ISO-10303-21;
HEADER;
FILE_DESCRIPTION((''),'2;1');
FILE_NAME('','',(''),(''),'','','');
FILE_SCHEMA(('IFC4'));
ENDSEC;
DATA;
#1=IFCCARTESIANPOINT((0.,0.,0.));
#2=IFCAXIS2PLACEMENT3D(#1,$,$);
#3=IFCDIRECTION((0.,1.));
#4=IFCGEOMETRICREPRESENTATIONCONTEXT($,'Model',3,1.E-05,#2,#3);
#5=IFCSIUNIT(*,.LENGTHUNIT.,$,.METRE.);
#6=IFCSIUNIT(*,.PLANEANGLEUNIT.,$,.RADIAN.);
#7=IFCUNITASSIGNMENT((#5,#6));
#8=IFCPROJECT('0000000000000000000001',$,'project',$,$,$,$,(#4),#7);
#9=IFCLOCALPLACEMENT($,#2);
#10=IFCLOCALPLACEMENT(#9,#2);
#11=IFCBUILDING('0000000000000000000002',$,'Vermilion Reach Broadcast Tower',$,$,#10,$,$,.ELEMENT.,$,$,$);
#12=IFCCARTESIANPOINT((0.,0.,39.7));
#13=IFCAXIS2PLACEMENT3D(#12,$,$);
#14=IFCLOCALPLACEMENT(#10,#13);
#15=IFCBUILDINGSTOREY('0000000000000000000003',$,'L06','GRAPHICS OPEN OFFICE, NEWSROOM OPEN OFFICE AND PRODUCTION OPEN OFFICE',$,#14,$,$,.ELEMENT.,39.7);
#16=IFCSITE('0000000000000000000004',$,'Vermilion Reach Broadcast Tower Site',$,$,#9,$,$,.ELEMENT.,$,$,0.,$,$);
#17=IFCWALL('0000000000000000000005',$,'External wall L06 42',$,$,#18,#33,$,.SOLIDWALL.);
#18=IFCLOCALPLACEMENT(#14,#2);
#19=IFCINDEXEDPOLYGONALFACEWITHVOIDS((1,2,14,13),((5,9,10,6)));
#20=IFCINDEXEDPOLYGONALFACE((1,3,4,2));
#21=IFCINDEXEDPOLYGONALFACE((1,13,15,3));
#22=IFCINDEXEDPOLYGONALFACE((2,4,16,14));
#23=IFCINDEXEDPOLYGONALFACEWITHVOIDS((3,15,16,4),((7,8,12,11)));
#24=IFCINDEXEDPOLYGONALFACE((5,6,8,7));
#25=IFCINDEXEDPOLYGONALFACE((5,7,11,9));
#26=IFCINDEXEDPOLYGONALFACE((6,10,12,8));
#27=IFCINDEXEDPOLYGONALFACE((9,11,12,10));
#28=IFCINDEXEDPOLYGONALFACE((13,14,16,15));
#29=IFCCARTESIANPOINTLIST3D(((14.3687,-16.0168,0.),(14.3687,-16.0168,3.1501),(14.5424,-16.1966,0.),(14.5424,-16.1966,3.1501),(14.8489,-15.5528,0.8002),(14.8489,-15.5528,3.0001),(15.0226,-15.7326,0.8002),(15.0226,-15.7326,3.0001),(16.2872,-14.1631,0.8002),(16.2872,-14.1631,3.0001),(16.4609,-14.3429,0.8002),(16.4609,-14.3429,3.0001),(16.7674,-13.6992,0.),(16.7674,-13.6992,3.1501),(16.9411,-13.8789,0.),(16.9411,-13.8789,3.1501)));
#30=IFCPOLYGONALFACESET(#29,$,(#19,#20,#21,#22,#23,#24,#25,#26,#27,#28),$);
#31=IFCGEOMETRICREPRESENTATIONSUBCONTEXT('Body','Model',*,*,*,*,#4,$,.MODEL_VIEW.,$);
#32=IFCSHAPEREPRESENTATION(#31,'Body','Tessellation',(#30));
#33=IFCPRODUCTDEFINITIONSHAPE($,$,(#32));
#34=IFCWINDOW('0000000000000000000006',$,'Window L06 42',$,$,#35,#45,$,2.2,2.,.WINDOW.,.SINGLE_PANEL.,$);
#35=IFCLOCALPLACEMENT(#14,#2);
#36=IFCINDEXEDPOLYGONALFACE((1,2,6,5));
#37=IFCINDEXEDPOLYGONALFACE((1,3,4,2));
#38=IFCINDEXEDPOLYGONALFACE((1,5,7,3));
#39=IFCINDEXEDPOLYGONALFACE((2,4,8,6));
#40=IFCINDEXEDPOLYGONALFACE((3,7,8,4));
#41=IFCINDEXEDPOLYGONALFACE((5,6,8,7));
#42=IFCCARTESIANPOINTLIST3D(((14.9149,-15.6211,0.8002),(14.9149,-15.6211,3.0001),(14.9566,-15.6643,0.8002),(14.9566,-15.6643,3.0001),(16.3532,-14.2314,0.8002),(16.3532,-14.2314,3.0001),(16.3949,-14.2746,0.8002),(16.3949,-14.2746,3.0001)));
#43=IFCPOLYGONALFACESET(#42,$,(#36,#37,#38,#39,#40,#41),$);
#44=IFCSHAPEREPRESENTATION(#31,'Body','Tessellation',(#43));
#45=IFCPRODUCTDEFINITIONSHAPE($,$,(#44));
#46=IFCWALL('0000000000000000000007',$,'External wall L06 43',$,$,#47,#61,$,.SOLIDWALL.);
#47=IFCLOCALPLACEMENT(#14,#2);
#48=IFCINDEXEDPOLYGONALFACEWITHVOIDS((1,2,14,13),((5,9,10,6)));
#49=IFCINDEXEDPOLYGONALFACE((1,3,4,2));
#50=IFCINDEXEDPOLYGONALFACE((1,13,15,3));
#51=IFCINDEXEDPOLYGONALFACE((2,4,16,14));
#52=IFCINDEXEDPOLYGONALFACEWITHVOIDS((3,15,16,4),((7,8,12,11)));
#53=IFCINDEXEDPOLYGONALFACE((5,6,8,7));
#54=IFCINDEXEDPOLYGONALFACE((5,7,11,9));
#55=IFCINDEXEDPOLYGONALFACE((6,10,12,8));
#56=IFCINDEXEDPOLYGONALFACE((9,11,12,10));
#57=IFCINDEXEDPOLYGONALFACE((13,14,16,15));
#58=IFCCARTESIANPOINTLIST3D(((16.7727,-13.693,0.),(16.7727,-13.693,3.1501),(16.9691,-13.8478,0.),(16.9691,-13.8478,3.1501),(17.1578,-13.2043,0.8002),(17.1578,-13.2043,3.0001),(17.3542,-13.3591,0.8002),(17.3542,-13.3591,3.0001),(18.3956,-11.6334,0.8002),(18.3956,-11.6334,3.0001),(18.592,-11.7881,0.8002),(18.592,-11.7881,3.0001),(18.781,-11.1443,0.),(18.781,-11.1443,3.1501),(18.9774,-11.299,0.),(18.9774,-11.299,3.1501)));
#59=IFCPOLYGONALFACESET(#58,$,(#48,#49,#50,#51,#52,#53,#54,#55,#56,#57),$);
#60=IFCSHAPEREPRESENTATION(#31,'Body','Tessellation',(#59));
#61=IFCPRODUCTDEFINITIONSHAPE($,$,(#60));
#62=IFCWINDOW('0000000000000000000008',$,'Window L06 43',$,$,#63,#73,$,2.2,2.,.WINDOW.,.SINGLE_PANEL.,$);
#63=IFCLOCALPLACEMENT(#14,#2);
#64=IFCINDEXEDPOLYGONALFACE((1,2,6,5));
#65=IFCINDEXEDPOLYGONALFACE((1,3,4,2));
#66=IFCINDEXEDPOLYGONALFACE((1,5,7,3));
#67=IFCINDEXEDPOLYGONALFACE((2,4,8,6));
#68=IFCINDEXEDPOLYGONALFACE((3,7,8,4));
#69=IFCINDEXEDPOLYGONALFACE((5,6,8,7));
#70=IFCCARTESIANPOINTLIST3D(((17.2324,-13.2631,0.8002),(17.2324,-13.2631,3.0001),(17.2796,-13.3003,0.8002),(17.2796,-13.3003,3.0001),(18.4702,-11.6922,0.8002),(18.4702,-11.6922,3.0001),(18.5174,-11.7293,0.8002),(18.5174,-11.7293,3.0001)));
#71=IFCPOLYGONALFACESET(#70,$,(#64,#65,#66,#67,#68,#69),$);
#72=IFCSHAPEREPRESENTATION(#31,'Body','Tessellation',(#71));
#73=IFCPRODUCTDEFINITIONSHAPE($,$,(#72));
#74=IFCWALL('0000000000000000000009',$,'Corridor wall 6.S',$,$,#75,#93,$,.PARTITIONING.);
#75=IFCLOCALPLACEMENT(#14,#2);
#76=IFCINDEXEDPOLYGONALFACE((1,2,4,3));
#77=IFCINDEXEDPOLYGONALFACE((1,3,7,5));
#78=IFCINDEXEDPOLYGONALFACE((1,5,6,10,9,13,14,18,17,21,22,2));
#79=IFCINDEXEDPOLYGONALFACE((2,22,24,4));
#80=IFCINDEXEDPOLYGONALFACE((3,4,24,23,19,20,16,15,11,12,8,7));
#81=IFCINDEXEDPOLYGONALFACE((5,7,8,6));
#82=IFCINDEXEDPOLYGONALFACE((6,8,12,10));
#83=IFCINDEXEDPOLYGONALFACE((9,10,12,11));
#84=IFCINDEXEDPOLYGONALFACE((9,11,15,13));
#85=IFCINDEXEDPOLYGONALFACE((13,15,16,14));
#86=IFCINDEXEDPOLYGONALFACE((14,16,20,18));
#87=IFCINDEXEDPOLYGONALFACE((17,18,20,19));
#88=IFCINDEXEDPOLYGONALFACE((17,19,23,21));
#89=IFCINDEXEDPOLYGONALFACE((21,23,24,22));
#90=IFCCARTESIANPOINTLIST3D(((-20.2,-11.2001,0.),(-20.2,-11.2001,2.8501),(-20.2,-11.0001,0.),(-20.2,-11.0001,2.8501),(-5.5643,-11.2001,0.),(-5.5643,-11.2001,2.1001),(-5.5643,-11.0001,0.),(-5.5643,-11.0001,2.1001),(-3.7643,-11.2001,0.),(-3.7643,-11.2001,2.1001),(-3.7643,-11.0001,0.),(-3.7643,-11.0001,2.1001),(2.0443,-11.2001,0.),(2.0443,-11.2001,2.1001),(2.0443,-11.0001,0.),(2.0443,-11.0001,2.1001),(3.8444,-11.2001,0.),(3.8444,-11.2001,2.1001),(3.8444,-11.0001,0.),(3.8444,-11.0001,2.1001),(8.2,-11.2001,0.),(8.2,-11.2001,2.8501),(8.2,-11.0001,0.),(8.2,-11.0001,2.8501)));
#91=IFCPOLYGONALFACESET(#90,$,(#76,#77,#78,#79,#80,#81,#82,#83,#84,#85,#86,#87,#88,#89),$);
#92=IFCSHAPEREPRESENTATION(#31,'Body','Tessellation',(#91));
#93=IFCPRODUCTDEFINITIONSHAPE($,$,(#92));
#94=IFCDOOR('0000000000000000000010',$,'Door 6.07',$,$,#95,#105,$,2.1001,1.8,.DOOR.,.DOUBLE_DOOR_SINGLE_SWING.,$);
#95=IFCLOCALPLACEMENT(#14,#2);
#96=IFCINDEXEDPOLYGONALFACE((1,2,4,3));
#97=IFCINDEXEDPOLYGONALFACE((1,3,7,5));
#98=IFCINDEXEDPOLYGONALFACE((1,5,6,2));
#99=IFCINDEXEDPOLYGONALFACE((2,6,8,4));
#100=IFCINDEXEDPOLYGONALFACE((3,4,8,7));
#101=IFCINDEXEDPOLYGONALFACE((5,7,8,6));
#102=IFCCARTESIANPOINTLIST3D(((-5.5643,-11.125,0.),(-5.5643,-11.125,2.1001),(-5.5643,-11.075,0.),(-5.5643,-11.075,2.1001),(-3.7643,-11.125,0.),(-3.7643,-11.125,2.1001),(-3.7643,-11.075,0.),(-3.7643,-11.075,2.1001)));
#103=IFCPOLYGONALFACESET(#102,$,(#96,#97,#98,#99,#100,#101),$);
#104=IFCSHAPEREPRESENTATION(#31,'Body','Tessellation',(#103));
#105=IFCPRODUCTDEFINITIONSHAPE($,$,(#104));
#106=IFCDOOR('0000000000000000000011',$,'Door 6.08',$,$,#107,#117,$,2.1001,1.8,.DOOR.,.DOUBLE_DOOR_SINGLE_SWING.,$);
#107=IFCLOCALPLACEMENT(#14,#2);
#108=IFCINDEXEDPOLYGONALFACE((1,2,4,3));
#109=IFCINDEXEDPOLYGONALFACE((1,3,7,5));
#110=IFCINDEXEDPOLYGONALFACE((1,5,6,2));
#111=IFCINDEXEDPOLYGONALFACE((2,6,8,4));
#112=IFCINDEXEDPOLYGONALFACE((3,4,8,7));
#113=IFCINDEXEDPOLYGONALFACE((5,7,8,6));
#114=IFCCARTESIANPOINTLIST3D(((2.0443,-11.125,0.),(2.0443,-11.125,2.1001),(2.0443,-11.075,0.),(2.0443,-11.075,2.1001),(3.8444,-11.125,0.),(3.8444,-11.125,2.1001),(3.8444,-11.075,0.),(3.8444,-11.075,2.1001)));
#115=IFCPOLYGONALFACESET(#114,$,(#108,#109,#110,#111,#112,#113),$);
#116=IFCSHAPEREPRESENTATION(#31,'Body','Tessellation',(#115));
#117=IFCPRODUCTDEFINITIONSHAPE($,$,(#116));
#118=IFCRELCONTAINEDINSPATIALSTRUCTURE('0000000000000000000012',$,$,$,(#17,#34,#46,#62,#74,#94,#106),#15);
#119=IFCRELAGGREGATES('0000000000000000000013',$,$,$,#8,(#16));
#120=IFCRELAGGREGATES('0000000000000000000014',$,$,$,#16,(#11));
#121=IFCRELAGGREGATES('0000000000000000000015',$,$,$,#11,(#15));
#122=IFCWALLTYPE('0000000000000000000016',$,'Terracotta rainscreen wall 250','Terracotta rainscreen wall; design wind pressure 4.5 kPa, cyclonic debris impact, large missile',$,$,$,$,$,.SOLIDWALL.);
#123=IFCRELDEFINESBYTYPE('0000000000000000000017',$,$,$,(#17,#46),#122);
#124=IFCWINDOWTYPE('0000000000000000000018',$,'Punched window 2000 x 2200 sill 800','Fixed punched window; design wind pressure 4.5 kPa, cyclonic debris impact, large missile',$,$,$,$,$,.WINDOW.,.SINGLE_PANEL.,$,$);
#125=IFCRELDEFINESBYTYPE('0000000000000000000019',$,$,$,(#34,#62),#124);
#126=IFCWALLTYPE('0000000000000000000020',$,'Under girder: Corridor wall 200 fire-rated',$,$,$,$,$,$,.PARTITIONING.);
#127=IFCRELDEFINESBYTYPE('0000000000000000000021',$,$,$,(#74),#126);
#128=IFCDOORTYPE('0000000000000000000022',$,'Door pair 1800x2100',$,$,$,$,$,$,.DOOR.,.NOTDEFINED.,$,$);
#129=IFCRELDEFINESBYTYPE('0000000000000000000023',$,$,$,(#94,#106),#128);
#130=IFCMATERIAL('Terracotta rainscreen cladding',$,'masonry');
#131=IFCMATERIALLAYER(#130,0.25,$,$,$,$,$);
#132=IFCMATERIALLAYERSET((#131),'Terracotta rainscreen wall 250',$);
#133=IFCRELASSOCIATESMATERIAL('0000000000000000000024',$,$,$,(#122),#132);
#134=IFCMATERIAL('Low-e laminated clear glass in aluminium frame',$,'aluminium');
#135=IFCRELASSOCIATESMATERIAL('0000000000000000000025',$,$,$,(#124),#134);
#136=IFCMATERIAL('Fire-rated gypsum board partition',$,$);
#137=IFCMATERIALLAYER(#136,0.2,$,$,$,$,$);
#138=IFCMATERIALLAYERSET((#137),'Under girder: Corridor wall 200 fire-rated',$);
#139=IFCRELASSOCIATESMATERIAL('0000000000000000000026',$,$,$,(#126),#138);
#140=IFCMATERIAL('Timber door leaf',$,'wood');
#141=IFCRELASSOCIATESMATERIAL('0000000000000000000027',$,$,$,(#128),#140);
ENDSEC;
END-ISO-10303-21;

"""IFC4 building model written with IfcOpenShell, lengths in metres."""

from ifc_helpers import new_model, si_unit, direction, frame, frame_2d, origin, place, context, subcontext, project, spatial, rectangle, extrude, material, layer, layer_set, type_object, element, fill, save


model = new_model("IFC4")

# Units and contexts
model_context = context("Model", 3, precision=1e-05, world=origin(), true_north=direction((0.0, 1.0)))
body_context = subcontext(model_context, "Body", "Model", "MODEL_VIEW")
ifc_project = project(units=[si_unit("LENGTHUNIT", "METRE"), si_unit("PLANEANGLEUNIT", "RADIAN")], contexts=[model_context])

# Site, building, storey
site_placement = place(None, origin())
site = spatial("IfcSite", under=ifc_project, at=site_placement, Name="Vermilion Reach Broadcast Tower Site", CompositionType="ELEMENT", RefElevation=0.0)
building_placement = place(site_placement, origin())
building = spatial("IfcBuilding", under=site, at=building_placement, Name="Vermilion Reach Broadcast Tower", CompositionType="ELEMENT")
storey_placement = place(building_placement, frame((0.0, 0.0, 39.7)))
storey = spatial("IfcBuildingStorey", under=building, at=storey_placement, Name="L06", Description="GRAPHICS OPEN OFFICE, NEWSROOM OPEN OFFICE AND PRODUCTION OPEN OFFICE", CompositionType="ELEMENT", Elevation=39.7)

# Shared definitions
ifc_material_1 = material(Name="Terracotta rainscreen cladding", Category="masonry")
ifc_layer_1 = layer(ifc_material_1, 0.25)
ifc_layer_set_1 = layer_set([ifc_layer_1], Name="Terracotta rainscreen wall 250")
wall_type_1 = type_object("IfcWallType", Name="Terracotta rainscreen wall 250", Description="Terracotta rainscreen wall; design wind pressure 4.5 kPa, cyclonic debris impact, large missile", PredefinedType="SOLIDWALL", material=ifc_layer_set_1)

# Walls, openings, windows
ifc_material_2 = material(Name="Low-e laminated clear glass in aluminium frame", Category="aluminium")
window_type = type_object("IfcWindowType", Name="Punched window 2000 x 2200 sill 800", Description="Fixed punched window; design wind pressure 4.5 kPa, cyclonic debris impact, large missile", PartitioningType="SINGLE_PANEL", PredefinedType="WINDOW", material=ifc_material_2)
wall_1_placement = place(storey_placement, frame((14.4556, -16.1067, 0.0), z_axis=(0.0, 0.0, 1.0), x_axis=(0.719153, 0.694852, 0.0)))
wall_1 = element("IfcWall", 1, at=wall_1_placement, inside=storey, type_object=wall_type_1, Name="External wall L06 42", PredefinedType="SOLIDWALL", context=body_context, shape_type="SweptSolid", body=[
    extrude(rectangle(XDim=3.3354, YDim=0.25, at=frame_2d((1.6677, 0.0))), origin(), (0.0, 0.0, 1.0), 3.1501),
])
opening_1_placement = place(wall_1_placement, frame((0.6677, 0.0, 0.8)))
opening_1 = element("IfcOpeningElement", 2, at=opening_1_placement, cuts=wall_1, PredefinedType="OPENING", context=body_context, shape_type="SweptSolid", body=[
    extrude(rectangle(XDim=2.0, YDim=2.2, at=frame_2d((1.0, 1.1001))), frame((0.0, 0.135, 0.0), z_axis=(0.0, -1.0, 0.0), x_axis=(1.0, 0.0, 0.0)), (0.0, 0.0, 1.0), 0.27),
])
window_1_placement = place(opening_1_placement, origin())
window_1 = element("IfcWindow", 3, at=window_1_placement, inside=storey, type_object=window_type, Name="Window L06 42", OverallHeight=2.2, OverallWidth=2.0, PartitioningType="SINGLE_PANEL", PredefinedType="WINDOW", context=body_context, shape_type="SweptSolid", body=[
    extrude(rectangle(XDim=2.0, YDim=2.2, at=frame_2d((1.0, 1.1001))), frame((0.0, 0.03, 0.0), z_axis=(0.0, -1.0, 0.0), x_axis=(1.0, 0.0, 0.0)), (0.0, 0.0, 1.0), 0.0601),
])
fill(opening_1, window_1)
wall_2_placement = place(storey_placement, frame((16.8708, -13.7705, 0.0), z_axis=(0.0, 0.0, 1.0), x_axis=(0.618898, 0.785472, 0.0)))
wall_2 = element("IfcWall", 4, at=wall_2_placement, inside=storey, type_object=wall_type_1, Name="External wall L06 43", PredefinedType="SOLIDWALL", context=body_context, shape_type="SweptSolid", body=[
    extrude(rectangle(XDim=3.2449, YDim=0.25, at=frame_2d((1.6226, 0.0))), origin(), (0.0, 0.0, 1.0), 3.1501),
])
opening_2_placement = place(wall_2_placement, frame((0.6223, 0.0, 0.8)))
opening_2 = element("IfcOpeningElement", 5, at=opening_2_placement, cuts=wall_2, PredefinedType="OPENING", context=body_context, shape_type="SweptSolid", body=[
    extrude(rectangle(XDim=2.0, YDim=2.2, at=frame_2d((1.0, 1.1001))), frame((0.0, 0.135, 0.0), z_axis=(0.0, -1.0, 0.0), x_axis=(1.0, 0.0, 0.0)), (0.0, 0.0, 1.0), 0.27),
])
window_2_placement = place(opening_2_placement, origin())
window_2 = element("IfcWindow", 6, at=window_2_placement, inside=storey, type_object=window_type, Name="Window L06 43", OverallHeight=2.2, OverallWidth=2.0, PartitioningType="SINGLE_PANEL", PredefinedType="WINDOW", context=body_context, shape_type="SweptSolid", body=[
    extrude(rectangle(XDim=2.0, YDim=2.2, at=frame_2d((1.0, 1.1001))), frame((0.0, 0.03, 0.0), z_axis=(0.0, -1.0, 0.0), x_axis=(1.0, 0.0, 0.0)), (0.0, 0.0, 1.0), 0.0601),
])
fill(opening_2, window_2)

# Wall, openings, doors
ifc_material_3 = material(Name="Fire-rated gypsum board partition")
ifc_layer_2 = layer(ifc_material_3, 0.2)
ifc_layer_set_2 = layer_set([ifc_layer_2], Name="Under girder: Corridor wall 200 fire-rated")
wall_type_2 = type_object("IfcWallType", Name="Under girder: Corridor wall 200 fire-rated", PredefinedType="PARTITIONING", material=ifc_layer_set_2)
wall_3_placement = place(storey_placement, frame((8.2, -11.1001, 0.0), z_axis=(0.0, 0.0, 1.0), x_axis=(-1.0, 0.0, 0.0)))
wall_3 = element("IfcWall", 7, at=wall_3_placement, inside=storey, type_object=wall_type_2, Name="Corridor wall 6.S", PredefinedType="PARTITIONING", context=body_context, shape_type="SweptSolid", body=[
    extrude(rectangle(XDim=28.3999, YDim=0.2, at=frame_2d((14.2, 0.0))), origin(), (0.0, 0.0, 1.0), 2.8501),
])
opening_3_placement = place(wall_3_placement, frame((11.9644, 0.0, 0.0)))
opening_3 = element("IfcOpeningElement", 8, at=opening_3_placement, cuts=wall_3, PredefinedType="OPENING", context=body_context, shape_type="SweptSolid", body=[
    extrude(rectangle(XDim=1.8, YDim=2.1001, at=frame_2d((0.8999, 1.05))), frame((0.0, 0.1099, 0.0), z_axis=(0.0, -1.0, 0.0), x_axis=(1.0, 0.0, 0.0)), (0.0, 0.0, 1.0), 0.22),
])
opening_4_placement = place(wall_3_placement, frame((4.3557, 0.0, 0.0)))
opening_4 = element("IfcOpeningElement", 9, at=opening_4_placement, cuts=wall_3, PredefinedType="OPENING", context=body_context, shape_type="SweptSolid", body=[
    extrude(rectangle(XDim=1.8, YDim=2.1001, at=frame_2d((0.8999, 1.05))), frame((0.0, 0.1099, 0.0), z_axis=(0.0, -1.0, 0.0), x_axis=(1.0, 0.0, 0.0)), (0.0, 0.0, 1.0), 0.22),
])
ifc_material_4 = material(Name="Timber door leaf", Category="wood")
door_type_1 = type_object("IfcDoorType", Name="Door pair 1800x2100", OperationType="NOTDEFINED", PredefinedType="DOOR", material=ifc_material_4)
door_1_placement = place(opening_3_placement, origin())
door_1 = element("IfcDoor", 10, at=door_1_placement, inside=storey, type_object=door_type_1, Name="Door 6.07", OperationType="DOUBLE_DOOR_SINGLE_SWING", OverallHeight=2.1001, OverallWidth=1.8, PredefinedType="DOOR", context=body_context, shape_type="SweptSolid", body=[
    extrude(rectangle(XDim=1.8, YDim=2.1001, at=frame_2d((0.8999, 1.05))), frame((0.0, 0.0249, 0.0), z_axis=(0.0, -1.0, 0.0), x_axis=(1.0, 0.0, 0.0)), (0.0, 0.0, 1.0), 0.05),
])
fill(opening_3, door_1)
door_2_placement = place(opening_4_placement, origin())
door_2 = element("IfcDoor", 11, at=door_2_placement, inside=storey, type_object=door_type_1, Name="Door 6.08", OperationType="DOUBLE_DOOR_SINGLE_SWING", OverallHeight=2.1001, OverallWidth=1.8, PredefinedType="DOOR", context=body_context, shape_type="SweptSolid", body=[
    extrude(rectangle(XDim=1.8, YDim=2.1001, at=frame_2d((0.8999, 1.05))), frame((0.0, 0.0249, 0.0), z_axis=(0.0, -1.0, 0.0), x_axis=(1.0, 0.0, 0.0)), (0.0, 0.0, 1.0), 0.05),
])
fill(opening_4, door_2)

save(model, "model.ifc")
